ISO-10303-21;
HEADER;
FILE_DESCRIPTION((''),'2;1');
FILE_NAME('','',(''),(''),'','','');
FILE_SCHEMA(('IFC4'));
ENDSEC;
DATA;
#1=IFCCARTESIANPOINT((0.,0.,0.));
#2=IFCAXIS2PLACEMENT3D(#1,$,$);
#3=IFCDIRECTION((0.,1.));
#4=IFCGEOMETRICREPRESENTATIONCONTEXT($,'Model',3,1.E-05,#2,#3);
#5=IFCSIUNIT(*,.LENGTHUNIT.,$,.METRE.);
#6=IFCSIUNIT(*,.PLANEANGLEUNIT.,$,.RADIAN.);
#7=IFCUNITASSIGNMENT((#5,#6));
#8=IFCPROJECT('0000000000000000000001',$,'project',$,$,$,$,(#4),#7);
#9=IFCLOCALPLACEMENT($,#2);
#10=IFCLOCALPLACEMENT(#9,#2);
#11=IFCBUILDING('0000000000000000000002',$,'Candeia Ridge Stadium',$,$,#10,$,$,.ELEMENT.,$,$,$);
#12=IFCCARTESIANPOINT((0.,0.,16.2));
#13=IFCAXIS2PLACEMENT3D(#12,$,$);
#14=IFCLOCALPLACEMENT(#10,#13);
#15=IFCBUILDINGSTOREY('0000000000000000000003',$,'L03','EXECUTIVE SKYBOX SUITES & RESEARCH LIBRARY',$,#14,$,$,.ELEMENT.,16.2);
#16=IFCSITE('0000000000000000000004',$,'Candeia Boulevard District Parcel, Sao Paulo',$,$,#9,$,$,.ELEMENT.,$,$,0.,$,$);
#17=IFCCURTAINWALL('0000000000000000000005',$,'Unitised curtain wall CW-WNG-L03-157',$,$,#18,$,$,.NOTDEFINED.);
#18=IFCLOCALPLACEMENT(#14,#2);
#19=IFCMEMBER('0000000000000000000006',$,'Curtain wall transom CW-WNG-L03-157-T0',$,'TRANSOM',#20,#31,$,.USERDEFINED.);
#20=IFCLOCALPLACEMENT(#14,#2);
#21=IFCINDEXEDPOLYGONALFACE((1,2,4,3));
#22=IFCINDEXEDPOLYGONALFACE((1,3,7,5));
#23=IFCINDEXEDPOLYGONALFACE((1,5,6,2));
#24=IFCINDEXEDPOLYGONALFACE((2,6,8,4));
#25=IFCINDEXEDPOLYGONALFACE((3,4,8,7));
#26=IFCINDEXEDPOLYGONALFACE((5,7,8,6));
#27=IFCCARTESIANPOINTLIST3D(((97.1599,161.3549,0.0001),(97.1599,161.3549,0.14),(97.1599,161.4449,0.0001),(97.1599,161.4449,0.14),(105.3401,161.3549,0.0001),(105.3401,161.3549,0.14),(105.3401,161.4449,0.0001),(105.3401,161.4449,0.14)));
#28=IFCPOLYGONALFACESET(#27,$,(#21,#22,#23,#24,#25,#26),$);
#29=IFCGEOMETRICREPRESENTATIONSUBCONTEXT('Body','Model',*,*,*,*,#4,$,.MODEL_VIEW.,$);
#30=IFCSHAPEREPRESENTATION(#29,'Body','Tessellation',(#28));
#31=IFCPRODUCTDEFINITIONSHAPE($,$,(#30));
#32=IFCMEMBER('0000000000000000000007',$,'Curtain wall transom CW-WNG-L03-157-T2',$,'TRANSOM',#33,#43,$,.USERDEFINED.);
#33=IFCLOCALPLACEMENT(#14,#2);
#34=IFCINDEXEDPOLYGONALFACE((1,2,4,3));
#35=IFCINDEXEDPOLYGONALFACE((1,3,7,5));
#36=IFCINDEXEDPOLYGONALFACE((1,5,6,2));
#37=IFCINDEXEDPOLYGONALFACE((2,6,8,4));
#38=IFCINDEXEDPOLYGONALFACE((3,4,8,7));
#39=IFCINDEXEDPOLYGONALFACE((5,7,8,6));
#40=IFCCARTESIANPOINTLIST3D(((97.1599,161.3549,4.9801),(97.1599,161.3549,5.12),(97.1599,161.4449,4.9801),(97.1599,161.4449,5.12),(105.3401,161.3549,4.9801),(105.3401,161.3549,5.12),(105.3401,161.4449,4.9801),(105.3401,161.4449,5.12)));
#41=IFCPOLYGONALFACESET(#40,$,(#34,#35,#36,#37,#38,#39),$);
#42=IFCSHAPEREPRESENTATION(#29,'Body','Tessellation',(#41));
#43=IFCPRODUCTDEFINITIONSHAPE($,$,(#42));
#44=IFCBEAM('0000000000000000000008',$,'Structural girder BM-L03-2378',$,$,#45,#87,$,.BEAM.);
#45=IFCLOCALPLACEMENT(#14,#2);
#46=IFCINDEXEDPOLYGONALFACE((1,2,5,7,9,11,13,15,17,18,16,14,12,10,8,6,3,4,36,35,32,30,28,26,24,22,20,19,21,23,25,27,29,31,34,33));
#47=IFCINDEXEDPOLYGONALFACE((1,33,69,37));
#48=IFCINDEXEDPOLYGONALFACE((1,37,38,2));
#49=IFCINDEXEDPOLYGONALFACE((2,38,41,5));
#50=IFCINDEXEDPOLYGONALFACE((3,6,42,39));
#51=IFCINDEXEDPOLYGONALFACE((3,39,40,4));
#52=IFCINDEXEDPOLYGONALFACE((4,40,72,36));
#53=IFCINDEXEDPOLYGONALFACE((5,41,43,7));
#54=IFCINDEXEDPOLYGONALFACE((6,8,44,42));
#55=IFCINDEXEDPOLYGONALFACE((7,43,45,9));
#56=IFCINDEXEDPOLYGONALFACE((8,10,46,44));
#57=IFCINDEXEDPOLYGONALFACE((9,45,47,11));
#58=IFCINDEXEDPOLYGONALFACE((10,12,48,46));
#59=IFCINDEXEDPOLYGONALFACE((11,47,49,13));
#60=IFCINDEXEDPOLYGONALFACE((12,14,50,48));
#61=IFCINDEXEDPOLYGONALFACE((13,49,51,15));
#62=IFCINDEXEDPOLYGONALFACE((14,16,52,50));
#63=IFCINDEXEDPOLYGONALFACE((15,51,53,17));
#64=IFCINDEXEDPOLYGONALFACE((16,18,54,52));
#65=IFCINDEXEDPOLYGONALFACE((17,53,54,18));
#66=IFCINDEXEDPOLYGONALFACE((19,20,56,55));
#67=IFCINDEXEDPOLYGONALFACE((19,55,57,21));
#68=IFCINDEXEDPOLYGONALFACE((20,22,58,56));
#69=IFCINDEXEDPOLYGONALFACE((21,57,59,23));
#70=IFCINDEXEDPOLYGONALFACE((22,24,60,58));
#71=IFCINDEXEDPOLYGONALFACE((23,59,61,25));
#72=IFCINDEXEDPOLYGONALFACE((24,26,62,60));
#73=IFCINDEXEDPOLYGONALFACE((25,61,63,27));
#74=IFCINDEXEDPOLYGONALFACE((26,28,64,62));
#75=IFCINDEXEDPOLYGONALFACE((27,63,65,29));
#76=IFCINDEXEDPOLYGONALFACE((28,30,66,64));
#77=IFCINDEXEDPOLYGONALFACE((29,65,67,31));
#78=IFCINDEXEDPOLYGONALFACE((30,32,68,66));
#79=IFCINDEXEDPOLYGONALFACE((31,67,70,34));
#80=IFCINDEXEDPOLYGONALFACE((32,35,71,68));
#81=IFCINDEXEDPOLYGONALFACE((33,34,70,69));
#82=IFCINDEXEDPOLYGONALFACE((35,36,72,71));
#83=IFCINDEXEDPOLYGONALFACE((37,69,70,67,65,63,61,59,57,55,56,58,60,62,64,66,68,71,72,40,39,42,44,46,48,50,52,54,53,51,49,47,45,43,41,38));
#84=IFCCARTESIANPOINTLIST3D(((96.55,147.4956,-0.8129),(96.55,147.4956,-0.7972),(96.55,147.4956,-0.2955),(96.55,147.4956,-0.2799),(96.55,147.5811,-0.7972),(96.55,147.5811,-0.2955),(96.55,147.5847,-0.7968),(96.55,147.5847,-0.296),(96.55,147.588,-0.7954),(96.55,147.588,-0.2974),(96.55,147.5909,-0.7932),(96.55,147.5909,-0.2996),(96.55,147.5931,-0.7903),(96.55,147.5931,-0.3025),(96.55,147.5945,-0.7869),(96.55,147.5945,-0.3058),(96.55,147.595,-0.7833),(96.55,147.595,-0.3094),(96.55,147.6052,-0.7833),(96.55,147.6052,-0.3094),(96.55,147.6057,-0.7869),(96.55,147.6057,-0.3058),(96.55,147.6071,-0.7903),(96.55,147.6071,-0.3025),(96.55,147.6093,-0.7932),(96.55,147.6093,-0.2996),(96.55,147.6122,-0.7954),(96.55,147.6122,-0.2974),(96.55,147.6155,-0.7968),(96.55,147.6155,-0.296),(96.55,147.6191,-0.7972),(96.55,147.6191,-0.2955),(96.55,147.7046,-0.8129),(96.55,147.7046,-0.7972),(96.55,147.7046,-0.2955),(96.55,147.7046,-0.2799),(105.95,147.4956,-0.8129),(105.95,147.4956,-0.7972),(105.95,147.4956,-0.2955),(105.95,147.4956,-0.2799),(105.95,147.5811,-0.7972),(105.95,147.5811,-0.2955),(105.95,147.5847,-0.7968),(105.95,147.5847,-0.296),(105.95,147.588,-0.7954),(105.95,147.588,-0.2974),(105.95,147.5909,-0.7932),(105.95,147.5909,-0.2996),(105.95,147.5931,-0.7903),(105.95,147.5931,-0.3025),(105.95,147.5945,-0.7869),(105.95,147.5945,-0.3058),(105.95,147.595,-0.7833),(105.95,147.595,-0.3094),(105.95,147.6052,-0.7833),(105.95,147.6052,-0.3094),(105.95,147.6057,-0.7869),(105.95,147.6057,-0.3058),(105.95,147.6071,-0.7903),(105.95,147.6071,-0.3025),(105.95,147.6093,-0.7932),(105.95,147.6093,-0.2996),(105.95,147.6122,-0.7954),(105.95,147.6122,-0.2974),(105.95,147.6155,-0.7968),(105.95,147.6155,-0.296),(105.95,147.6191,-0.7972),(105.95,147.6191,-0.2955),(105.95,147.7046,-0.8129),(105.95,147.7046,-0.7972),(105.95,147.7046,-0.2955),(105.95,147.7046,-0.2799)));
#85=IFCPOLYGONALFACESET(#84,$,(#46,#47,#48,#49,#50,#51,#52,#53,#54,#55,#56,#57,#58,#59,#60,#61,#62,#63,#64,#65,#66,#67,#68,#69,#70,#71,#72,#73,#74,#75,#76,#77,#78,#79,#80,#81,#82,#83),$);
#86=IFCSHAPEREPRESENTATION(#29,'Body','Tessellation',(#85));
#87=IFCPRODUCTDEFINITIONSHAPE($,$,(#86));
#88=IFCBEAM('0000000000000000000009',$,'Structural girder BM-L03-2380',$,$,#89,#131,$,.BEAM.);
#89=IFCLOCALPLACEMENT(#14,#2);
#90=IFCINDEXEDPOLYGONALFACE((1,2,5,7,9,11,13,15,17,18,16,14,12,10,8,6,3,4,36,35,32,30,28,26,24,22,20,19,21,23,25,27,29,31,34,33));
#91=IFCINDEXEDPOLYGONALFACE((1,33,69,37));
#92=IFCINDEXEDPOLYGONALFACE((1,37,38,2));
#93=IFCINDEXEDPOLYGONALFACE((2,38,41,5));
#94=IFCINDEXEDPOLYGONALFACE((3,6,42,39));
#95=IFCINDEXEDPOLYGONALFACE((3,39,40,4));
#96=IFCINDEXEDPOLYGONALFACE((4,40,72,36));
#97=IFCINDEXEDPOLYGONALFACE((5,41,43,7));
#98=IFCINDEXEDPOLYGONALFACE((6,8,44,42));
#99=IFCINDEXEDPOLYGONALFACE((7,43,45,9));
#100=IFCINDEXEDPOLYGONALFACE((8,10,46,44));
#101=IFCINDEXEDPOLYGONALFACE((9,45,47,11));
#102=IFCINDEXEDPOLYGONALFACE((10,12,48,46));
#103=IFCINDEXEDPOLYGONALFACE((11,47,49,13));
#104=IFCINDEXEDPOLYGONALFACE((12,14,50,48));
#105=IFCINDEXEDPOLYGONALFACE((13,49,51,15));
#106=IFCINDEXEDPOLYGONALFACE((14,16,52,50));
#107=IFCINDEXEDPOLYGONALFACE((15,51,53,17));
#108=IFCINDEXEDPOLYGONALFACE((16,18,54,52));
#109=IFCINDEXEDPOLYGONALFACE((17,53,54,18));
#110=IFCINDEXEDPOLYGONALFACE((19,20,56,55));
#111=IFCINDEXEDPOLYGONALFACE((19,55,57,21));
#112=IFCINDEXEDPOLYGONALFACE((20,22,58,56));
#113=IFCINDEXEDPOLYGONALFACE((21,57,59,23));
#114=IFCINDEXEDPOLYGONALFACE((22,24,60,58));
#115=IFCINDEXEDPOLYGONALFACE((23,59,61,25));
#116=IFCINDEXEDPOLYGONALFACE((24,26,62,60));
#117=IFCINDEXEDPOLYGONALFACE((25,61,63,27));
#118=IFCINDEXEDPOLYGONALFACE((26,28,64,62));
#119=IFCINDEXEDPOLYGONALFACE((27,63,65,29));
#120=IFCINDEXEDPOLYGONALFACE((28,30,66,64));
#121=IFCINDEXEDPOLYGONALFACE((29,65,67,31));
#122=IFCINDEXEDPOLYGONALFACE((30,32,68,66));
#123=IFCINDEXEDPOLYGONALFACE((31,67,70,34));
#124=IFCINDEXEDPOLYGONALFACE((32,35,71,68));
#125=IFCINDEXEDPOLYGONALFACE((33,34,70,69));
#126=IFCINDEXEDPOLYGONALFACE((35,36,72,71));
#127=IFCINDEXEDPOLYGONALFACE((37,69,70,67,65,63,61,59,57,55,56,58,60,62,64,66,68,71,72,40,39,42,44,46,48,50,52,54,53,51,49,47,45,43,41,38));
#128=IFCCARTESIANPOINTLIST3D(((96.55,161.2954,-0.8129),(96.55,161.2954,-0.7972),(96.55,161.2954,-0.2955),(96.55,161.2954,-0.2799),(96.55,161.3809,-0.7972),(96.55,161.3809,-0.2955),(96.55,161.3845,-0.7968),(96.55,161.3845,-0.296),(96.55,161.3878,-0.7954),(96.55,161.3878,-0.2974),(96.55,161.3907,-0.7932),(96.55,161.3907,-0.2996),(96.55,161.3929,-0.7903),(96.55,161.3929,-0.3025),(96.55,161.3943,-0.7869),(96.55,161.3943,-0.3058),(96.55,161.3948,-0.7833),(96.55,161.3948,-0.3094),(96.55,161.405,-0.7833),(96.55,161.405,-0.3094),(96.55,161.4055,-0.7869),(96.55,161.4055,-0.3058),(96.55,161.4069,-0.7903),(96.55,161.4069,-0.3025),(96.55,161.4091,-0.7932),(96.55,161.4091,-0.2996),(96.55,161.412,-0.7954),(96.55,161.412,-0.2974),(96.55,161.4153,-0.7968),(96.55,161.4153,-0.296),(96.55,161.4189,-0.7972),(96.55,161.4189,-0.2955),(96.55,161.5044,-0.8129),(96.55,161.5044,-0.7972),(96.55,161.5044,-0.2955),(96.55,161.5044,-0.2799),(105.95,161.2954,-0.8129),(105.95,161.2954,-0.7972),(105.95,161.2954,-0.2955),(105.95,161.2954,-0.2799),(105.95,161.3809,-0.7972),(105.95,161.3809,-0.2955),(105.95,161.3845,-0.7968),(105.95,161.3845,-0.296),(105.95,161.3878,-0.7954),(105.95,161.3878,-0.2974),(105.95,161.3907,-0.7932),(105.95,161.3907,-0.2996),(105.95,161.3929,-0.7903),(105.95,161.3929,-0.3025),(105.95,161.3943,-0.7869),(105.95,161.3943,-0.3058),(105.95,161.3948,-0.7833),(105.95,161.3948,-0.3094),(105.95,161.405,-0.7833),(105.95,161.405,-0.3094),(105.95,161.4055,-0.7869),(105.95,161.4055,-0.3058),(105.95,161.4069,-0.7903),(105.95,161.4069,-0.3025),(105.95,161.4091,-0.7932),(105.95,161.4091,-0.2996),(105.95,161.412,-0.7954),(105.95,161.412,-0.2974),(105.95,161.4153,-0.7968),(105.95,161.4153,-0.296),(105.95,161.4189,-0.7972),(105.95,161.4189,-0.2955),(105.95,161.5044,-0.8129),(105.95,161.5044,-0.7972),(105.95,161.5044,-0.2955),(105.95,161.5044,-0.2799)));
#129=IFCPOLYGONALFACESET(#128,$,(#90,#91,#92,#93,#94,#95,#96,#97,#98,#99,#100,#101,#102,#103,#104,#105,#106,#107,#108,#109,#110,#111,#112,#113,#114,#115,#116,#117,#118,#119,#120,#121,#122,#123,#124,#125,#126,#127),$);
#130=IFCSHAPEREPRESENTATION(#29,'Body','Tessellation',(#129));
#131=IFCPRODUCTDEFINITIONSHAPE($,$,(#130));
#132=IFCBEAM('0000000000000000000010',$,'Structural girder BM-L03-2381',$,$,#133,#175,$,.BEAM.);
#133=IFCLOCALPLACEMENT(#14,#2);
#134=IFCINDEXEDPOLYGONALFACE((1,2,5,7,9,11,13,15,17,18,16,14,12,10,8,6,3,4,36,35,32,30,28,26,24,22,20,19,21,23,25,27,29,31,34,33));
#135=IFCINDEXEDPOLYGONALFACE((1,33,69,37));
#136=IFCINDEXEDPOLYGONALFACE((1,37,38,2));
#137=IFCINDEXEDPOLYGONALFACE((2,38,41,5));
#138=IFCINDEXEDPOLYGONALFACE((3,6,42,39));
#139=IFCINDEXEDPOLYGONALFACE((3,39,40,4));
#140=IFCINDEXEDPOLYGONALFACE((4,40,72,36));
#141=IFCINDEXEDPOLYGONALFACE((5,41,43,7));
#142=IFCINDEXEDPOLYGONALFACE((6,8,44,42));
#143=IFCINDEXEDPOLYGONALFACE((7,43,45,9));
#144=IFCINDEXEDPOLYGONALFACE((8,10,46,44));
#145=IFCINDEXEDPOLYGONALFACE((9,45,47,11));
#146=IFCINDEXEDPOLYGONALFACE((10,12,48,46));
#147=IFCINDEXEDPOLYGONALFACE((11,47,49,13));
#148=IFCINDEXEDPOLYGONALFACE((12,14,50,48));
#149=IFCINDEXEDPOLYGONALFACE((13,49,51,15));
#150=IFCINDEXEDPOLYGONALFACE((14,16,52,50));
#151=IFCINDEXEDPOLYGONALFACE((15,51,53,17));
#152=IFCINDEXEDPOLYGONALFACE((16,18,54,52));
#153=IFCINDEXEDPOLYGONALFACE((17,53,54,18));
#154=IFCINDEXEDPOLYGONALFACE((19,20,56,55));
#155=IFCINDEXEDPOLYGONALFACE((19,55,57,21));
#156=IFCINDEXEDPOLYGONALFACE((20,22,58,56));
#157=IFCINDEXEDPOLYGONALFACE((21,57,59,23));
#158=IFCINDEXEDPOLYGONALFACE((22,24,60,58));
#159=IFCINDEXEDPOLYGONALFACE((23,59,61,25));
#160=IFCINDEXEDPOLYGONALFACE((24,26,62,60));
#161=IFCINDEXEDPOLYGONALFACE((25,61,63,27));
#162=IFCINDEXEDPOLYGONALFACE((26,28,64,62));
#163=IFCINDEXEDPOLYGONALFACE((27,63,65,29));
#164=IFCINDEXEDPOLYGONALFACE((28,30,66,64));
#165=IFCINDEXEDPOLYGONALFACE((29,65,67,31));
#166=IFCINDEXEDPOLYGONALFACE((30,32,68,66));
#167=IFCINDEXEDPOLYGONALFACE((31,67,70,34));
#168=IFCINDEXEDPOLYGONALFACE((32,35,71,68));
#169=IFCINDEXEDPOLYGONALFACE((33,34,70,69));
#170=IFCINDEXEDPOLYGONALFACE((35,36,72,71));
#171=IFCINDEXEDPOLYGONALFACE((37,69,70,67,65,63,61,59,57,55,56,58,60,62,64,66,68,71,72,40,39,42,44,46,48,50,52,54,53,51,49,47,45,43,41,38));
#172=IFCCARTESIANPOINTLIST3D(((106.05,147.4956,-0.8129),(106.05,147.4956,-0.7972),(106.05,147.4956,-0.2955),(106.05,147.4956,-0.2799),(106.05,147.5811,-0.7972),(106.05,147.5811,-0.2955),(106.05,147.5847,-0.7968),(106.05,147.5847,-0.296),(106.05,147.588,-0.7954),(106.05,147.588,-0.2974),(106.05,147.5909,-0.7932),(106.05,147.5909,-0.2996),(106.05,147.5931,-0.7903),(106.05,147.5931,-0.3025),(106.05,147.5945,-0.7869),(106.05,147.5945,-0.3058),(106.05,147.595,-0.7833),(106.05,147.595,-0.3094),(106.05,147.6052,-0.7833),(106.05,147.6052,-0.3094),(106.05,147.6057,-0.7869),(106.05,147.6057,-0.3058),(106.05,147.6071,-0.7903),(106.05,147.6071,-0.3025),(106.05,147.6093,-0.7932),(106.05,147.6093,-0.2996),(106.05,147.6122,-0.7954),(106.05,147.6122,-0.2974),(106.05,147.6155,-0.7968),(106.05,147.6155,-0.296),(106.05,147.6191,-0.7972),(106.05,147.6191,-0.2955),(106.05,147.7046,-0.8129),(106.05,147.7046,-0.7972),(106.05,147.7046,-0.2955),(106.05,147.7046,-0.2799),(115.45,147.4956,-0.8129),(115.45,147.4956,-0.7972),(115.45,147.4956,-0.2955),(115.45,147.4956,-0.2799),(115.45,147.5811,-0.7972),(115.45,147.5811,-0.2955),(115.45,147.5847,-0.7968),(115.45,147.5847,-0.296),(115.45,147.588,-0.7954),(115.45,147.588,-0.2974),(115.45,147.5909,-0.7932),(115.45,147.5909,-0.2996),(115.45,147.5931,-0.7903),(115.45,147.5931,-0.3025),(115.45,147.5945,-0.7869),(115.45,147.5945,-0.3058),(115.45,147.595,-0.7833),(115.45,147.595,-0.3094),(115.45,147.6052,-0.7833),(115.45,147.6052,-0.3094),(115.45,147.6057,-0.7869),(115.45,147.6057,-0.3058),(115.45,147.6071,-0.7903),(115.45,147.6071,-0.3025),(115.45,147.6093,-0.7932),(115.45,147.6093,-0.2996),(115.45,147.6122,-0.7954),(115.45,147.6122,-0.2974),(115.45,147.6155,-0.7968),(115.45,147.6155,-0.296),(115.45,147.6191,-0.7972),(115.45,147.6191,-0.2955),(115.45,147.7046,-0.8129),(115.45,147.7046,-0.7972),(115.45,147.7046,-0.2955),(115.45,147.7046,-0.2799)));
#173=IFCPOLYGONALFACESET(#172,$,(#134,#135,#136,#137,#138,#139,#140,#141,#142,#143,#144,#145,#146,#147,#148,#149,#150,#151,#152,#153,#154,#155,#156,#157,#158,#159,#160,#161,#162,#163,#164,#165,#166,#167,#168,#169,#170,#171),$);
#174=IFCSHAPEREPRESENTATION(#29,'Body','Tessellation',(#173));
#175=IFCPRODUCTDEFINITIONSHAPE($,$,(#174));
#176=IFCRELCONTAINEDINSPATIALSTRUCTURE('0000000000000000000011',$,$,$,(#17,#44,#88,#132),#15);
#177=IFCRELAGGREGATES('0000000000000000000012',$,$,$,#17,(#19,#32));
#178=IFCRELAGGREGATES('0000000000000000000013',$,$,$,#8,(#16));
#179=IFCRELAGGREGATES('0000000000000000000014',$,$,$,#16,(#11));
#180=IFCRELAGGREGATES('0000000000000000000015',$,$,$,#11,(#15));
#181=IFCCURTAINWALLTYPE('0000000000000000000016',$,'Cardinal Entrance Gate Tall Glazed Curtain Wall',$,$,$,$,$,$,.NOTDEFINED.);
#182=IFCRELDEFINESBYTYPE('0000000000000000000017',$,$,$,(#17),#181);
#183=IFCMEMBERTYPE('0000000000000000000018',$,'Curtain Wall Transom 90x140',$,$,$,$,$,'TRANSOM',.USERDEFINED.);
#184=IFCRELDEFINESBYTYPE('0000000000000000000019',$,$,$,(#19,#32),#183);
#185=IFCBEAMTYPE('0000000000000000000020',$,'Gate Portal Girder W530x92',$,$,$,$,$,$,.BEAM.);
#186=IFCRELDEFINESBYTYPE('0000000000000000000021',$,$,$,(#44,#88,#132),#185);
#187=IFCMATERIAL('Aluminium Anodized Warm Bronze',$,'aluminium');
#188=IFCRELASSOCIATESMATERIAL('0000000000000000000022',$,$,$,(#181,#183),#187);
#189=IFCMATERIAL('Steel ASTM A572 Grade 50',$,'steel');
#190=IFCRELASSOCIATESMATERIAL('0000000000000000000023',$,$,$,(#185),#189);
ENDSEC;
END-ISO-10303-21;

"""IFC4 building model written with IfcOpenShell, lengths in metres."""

from ifc_helpers import new_model, si_unit, direction, frame, origin, origin_2d, place, context, subcontext, project, spatial, rectangle, i_section, extrude, material, material_profile, profile_set, type_object, element, aggregate, save


model = new_model("IFC4")

# Units and contexts
model_context = context("Model", 3, precision=1e-05, world=origin(), true_north=direction((0.0, 1.0)))
body_context = subcontext(model_context, "Body", "Model", "MODEL_VIEW")
ifc_project = project(units=[si_unit("LENGTHUNIT", "METRE"), si_unit("PLANEANGLEUNIT", "RADIAN")], contexts=[model_context])

# Site, building, storey
site_placement = place(None, origin())
site = spatial("IfcSite", under=ifc_project, at=site_placement, Name="Candeia Boulevard District Parcel, Sao Paulo", CompositionType="ELEMENT", RefElevation=0.0)
building_placement = place(site_placement, origin())
building = spatial("IfcBuilding", under=site, at=building_placement, Name="Candeia Ridge Stadium", CompositionType="ELEMENT")
storey_placement = place(building_placement, frame((0.0, 0.0, 16.2)))
storey = spatial("IfcBuildingStorey", under=building, at=storey_placement, Name="L03", Description="EXECUTIVE SKYBOX SUITES & RESEARCH LIBRARY", CompositionType="ELEMENT", Elevation=16.2)

# Shared definitions
ifc_material_1 = material(Name="Steel ASTM A572 Grade 50", Category="steel")

# Curtain wall, members
ifc_material_2 = material(Name="Aluminium Anodized Warm Bronze", Category="aluminium")
curtain_wall_type = type_object("IfcCurtainWallType", Name="Cardinal Entrance Gate Tall Glazed Curtain Wall", PredefinedType="NOTDEFINED", material=ifc_material_2)
curtain_wall_placement = place(storey_placement, origin())
curtain_wall = element("IfcCurtainWall", 1, at=curtain_wall_placement, inside=storey, type_object=curtain_wall_type, Name="Unitised curtain wall CW-WNG-L03-157", PredefinedType="NOTDEFINED")
ifc_material_profile_1 = material_profile(ifc_material_2, rectangle(XDim=0.0901, YDim=0.1399, at=origin_2d()), Name="CWT-90x140", Category="aluminium")
ifc_profile_set_1 = profile_set([ifc_material_profile_1], Name="Aluminium Anodized Warm Bronze")
member_type_1 = type_object("IfcMemberType", Name="Curtain Wall Transom 90x140", ElementType="TRANSOM", PredefinedType="USERDEFINED", material=ifc_profile_set_1)
member_1_placement = place(storey_placement, frame((97.1599, 161.3999, 0.0701), z_axis=(1.0, 0.0, 0.0), x_axis=(0.0, 1.0, 0.0)))
member_1 = element("IfcMember", 2, at=member_1_placement, type_object=member_type_1, Name="Curtain wall transom CW-WNG-L03-157-T0", ObjectType="TRANSOM", PredefinedType="USERDEFINED", context=body_context, shape_type="SweptSolid", body=[
    extrude(rectangle(XDim=0.0901, YDim=0.1399, at=origin_2d()), origin(), (0.0, 0.0, 1.0), 8.1802),
])
member_2_placement = place(storey_placement, frame((97.1599, 161.3999, 5.05), z_axis=(1.0, 0.0, 0.0), x_axis=(0.0, 1.0, 0.0)))
member_2 = element("IfcMember", 3, at=member_2_placement, type_object=member_type_1, Name="Curtain wall transom CW-WNG-L03-157-T2", ObjectType="TRANSOM", PredefinedType="USERDEFINED", context=body_context, shape_type="SweptSolid", body=[
    extrude(rectangle(XDim=0.0901, YDim=0.1399, at=origin_2d()), origin(), (0.0, 0.0, 1.0), 8.1802),
])

# Beams
ifc_material_profile_2 = material_profile(ifc_material_1, i_section(OverallWidth=0.209, OverallDepth=0.533, WebThickness=0.0103, FlangeThickness=0.0156, FilletRadius=0.0139, at=origin_2d()), Name="W530x92", Category="steel")
ifc_profile_set_2 = profile_set([ifc_material_profile_2], Name="Steel ASTM A572 Grade 50")
beam_type_1 = type_object("IfcBeamType", Name="Gate Portal Girder W530x92", PredefinedType="BEAM", material=ifc_profile_set_2)
for number, where, z_axis, x_axis, name in (
    (4, (96.55, 147.6001, -0.5464), (1.0, 0.0, 0.0), (0.0, 1.0, 0.0), "Structural girder BM-L03-2378"),
    (5, (96.55, 161.3999, -0.5464), (1.0, 0.0, 0.0), (0.0, 1.0, 0.0), "Structural girder BM-L03-2380"),
    (6, (106.05, 147.6001, -0.5464), (1.0, 0.0, 0.0), (0.0, 1.0, 0.0), "Structural girder BM-L03-2381"),
):
    element("IfcBeam", number, at=place(storey_placement, frame(where, z_axis=z_axis, x_axis=x_axis)), inside=storey, type_object=beam_type_1, Name=name, PredefinedType="BEAM", context=body_context, shape_type="SweptSolid", body=[
        extrude(i_section(OverallWidth=0.209, OverallDepth=0.533, WebThickness=0.0103, FlangeThickness=0.0156, FilletRadius=0.0139, at=origin_2d()), origin(), (0.0, 0.0, 1.0), 9.3999),
    ])

aggregate(curtain_wall, [member_1, member_2])

save(model, "model.ifc")
